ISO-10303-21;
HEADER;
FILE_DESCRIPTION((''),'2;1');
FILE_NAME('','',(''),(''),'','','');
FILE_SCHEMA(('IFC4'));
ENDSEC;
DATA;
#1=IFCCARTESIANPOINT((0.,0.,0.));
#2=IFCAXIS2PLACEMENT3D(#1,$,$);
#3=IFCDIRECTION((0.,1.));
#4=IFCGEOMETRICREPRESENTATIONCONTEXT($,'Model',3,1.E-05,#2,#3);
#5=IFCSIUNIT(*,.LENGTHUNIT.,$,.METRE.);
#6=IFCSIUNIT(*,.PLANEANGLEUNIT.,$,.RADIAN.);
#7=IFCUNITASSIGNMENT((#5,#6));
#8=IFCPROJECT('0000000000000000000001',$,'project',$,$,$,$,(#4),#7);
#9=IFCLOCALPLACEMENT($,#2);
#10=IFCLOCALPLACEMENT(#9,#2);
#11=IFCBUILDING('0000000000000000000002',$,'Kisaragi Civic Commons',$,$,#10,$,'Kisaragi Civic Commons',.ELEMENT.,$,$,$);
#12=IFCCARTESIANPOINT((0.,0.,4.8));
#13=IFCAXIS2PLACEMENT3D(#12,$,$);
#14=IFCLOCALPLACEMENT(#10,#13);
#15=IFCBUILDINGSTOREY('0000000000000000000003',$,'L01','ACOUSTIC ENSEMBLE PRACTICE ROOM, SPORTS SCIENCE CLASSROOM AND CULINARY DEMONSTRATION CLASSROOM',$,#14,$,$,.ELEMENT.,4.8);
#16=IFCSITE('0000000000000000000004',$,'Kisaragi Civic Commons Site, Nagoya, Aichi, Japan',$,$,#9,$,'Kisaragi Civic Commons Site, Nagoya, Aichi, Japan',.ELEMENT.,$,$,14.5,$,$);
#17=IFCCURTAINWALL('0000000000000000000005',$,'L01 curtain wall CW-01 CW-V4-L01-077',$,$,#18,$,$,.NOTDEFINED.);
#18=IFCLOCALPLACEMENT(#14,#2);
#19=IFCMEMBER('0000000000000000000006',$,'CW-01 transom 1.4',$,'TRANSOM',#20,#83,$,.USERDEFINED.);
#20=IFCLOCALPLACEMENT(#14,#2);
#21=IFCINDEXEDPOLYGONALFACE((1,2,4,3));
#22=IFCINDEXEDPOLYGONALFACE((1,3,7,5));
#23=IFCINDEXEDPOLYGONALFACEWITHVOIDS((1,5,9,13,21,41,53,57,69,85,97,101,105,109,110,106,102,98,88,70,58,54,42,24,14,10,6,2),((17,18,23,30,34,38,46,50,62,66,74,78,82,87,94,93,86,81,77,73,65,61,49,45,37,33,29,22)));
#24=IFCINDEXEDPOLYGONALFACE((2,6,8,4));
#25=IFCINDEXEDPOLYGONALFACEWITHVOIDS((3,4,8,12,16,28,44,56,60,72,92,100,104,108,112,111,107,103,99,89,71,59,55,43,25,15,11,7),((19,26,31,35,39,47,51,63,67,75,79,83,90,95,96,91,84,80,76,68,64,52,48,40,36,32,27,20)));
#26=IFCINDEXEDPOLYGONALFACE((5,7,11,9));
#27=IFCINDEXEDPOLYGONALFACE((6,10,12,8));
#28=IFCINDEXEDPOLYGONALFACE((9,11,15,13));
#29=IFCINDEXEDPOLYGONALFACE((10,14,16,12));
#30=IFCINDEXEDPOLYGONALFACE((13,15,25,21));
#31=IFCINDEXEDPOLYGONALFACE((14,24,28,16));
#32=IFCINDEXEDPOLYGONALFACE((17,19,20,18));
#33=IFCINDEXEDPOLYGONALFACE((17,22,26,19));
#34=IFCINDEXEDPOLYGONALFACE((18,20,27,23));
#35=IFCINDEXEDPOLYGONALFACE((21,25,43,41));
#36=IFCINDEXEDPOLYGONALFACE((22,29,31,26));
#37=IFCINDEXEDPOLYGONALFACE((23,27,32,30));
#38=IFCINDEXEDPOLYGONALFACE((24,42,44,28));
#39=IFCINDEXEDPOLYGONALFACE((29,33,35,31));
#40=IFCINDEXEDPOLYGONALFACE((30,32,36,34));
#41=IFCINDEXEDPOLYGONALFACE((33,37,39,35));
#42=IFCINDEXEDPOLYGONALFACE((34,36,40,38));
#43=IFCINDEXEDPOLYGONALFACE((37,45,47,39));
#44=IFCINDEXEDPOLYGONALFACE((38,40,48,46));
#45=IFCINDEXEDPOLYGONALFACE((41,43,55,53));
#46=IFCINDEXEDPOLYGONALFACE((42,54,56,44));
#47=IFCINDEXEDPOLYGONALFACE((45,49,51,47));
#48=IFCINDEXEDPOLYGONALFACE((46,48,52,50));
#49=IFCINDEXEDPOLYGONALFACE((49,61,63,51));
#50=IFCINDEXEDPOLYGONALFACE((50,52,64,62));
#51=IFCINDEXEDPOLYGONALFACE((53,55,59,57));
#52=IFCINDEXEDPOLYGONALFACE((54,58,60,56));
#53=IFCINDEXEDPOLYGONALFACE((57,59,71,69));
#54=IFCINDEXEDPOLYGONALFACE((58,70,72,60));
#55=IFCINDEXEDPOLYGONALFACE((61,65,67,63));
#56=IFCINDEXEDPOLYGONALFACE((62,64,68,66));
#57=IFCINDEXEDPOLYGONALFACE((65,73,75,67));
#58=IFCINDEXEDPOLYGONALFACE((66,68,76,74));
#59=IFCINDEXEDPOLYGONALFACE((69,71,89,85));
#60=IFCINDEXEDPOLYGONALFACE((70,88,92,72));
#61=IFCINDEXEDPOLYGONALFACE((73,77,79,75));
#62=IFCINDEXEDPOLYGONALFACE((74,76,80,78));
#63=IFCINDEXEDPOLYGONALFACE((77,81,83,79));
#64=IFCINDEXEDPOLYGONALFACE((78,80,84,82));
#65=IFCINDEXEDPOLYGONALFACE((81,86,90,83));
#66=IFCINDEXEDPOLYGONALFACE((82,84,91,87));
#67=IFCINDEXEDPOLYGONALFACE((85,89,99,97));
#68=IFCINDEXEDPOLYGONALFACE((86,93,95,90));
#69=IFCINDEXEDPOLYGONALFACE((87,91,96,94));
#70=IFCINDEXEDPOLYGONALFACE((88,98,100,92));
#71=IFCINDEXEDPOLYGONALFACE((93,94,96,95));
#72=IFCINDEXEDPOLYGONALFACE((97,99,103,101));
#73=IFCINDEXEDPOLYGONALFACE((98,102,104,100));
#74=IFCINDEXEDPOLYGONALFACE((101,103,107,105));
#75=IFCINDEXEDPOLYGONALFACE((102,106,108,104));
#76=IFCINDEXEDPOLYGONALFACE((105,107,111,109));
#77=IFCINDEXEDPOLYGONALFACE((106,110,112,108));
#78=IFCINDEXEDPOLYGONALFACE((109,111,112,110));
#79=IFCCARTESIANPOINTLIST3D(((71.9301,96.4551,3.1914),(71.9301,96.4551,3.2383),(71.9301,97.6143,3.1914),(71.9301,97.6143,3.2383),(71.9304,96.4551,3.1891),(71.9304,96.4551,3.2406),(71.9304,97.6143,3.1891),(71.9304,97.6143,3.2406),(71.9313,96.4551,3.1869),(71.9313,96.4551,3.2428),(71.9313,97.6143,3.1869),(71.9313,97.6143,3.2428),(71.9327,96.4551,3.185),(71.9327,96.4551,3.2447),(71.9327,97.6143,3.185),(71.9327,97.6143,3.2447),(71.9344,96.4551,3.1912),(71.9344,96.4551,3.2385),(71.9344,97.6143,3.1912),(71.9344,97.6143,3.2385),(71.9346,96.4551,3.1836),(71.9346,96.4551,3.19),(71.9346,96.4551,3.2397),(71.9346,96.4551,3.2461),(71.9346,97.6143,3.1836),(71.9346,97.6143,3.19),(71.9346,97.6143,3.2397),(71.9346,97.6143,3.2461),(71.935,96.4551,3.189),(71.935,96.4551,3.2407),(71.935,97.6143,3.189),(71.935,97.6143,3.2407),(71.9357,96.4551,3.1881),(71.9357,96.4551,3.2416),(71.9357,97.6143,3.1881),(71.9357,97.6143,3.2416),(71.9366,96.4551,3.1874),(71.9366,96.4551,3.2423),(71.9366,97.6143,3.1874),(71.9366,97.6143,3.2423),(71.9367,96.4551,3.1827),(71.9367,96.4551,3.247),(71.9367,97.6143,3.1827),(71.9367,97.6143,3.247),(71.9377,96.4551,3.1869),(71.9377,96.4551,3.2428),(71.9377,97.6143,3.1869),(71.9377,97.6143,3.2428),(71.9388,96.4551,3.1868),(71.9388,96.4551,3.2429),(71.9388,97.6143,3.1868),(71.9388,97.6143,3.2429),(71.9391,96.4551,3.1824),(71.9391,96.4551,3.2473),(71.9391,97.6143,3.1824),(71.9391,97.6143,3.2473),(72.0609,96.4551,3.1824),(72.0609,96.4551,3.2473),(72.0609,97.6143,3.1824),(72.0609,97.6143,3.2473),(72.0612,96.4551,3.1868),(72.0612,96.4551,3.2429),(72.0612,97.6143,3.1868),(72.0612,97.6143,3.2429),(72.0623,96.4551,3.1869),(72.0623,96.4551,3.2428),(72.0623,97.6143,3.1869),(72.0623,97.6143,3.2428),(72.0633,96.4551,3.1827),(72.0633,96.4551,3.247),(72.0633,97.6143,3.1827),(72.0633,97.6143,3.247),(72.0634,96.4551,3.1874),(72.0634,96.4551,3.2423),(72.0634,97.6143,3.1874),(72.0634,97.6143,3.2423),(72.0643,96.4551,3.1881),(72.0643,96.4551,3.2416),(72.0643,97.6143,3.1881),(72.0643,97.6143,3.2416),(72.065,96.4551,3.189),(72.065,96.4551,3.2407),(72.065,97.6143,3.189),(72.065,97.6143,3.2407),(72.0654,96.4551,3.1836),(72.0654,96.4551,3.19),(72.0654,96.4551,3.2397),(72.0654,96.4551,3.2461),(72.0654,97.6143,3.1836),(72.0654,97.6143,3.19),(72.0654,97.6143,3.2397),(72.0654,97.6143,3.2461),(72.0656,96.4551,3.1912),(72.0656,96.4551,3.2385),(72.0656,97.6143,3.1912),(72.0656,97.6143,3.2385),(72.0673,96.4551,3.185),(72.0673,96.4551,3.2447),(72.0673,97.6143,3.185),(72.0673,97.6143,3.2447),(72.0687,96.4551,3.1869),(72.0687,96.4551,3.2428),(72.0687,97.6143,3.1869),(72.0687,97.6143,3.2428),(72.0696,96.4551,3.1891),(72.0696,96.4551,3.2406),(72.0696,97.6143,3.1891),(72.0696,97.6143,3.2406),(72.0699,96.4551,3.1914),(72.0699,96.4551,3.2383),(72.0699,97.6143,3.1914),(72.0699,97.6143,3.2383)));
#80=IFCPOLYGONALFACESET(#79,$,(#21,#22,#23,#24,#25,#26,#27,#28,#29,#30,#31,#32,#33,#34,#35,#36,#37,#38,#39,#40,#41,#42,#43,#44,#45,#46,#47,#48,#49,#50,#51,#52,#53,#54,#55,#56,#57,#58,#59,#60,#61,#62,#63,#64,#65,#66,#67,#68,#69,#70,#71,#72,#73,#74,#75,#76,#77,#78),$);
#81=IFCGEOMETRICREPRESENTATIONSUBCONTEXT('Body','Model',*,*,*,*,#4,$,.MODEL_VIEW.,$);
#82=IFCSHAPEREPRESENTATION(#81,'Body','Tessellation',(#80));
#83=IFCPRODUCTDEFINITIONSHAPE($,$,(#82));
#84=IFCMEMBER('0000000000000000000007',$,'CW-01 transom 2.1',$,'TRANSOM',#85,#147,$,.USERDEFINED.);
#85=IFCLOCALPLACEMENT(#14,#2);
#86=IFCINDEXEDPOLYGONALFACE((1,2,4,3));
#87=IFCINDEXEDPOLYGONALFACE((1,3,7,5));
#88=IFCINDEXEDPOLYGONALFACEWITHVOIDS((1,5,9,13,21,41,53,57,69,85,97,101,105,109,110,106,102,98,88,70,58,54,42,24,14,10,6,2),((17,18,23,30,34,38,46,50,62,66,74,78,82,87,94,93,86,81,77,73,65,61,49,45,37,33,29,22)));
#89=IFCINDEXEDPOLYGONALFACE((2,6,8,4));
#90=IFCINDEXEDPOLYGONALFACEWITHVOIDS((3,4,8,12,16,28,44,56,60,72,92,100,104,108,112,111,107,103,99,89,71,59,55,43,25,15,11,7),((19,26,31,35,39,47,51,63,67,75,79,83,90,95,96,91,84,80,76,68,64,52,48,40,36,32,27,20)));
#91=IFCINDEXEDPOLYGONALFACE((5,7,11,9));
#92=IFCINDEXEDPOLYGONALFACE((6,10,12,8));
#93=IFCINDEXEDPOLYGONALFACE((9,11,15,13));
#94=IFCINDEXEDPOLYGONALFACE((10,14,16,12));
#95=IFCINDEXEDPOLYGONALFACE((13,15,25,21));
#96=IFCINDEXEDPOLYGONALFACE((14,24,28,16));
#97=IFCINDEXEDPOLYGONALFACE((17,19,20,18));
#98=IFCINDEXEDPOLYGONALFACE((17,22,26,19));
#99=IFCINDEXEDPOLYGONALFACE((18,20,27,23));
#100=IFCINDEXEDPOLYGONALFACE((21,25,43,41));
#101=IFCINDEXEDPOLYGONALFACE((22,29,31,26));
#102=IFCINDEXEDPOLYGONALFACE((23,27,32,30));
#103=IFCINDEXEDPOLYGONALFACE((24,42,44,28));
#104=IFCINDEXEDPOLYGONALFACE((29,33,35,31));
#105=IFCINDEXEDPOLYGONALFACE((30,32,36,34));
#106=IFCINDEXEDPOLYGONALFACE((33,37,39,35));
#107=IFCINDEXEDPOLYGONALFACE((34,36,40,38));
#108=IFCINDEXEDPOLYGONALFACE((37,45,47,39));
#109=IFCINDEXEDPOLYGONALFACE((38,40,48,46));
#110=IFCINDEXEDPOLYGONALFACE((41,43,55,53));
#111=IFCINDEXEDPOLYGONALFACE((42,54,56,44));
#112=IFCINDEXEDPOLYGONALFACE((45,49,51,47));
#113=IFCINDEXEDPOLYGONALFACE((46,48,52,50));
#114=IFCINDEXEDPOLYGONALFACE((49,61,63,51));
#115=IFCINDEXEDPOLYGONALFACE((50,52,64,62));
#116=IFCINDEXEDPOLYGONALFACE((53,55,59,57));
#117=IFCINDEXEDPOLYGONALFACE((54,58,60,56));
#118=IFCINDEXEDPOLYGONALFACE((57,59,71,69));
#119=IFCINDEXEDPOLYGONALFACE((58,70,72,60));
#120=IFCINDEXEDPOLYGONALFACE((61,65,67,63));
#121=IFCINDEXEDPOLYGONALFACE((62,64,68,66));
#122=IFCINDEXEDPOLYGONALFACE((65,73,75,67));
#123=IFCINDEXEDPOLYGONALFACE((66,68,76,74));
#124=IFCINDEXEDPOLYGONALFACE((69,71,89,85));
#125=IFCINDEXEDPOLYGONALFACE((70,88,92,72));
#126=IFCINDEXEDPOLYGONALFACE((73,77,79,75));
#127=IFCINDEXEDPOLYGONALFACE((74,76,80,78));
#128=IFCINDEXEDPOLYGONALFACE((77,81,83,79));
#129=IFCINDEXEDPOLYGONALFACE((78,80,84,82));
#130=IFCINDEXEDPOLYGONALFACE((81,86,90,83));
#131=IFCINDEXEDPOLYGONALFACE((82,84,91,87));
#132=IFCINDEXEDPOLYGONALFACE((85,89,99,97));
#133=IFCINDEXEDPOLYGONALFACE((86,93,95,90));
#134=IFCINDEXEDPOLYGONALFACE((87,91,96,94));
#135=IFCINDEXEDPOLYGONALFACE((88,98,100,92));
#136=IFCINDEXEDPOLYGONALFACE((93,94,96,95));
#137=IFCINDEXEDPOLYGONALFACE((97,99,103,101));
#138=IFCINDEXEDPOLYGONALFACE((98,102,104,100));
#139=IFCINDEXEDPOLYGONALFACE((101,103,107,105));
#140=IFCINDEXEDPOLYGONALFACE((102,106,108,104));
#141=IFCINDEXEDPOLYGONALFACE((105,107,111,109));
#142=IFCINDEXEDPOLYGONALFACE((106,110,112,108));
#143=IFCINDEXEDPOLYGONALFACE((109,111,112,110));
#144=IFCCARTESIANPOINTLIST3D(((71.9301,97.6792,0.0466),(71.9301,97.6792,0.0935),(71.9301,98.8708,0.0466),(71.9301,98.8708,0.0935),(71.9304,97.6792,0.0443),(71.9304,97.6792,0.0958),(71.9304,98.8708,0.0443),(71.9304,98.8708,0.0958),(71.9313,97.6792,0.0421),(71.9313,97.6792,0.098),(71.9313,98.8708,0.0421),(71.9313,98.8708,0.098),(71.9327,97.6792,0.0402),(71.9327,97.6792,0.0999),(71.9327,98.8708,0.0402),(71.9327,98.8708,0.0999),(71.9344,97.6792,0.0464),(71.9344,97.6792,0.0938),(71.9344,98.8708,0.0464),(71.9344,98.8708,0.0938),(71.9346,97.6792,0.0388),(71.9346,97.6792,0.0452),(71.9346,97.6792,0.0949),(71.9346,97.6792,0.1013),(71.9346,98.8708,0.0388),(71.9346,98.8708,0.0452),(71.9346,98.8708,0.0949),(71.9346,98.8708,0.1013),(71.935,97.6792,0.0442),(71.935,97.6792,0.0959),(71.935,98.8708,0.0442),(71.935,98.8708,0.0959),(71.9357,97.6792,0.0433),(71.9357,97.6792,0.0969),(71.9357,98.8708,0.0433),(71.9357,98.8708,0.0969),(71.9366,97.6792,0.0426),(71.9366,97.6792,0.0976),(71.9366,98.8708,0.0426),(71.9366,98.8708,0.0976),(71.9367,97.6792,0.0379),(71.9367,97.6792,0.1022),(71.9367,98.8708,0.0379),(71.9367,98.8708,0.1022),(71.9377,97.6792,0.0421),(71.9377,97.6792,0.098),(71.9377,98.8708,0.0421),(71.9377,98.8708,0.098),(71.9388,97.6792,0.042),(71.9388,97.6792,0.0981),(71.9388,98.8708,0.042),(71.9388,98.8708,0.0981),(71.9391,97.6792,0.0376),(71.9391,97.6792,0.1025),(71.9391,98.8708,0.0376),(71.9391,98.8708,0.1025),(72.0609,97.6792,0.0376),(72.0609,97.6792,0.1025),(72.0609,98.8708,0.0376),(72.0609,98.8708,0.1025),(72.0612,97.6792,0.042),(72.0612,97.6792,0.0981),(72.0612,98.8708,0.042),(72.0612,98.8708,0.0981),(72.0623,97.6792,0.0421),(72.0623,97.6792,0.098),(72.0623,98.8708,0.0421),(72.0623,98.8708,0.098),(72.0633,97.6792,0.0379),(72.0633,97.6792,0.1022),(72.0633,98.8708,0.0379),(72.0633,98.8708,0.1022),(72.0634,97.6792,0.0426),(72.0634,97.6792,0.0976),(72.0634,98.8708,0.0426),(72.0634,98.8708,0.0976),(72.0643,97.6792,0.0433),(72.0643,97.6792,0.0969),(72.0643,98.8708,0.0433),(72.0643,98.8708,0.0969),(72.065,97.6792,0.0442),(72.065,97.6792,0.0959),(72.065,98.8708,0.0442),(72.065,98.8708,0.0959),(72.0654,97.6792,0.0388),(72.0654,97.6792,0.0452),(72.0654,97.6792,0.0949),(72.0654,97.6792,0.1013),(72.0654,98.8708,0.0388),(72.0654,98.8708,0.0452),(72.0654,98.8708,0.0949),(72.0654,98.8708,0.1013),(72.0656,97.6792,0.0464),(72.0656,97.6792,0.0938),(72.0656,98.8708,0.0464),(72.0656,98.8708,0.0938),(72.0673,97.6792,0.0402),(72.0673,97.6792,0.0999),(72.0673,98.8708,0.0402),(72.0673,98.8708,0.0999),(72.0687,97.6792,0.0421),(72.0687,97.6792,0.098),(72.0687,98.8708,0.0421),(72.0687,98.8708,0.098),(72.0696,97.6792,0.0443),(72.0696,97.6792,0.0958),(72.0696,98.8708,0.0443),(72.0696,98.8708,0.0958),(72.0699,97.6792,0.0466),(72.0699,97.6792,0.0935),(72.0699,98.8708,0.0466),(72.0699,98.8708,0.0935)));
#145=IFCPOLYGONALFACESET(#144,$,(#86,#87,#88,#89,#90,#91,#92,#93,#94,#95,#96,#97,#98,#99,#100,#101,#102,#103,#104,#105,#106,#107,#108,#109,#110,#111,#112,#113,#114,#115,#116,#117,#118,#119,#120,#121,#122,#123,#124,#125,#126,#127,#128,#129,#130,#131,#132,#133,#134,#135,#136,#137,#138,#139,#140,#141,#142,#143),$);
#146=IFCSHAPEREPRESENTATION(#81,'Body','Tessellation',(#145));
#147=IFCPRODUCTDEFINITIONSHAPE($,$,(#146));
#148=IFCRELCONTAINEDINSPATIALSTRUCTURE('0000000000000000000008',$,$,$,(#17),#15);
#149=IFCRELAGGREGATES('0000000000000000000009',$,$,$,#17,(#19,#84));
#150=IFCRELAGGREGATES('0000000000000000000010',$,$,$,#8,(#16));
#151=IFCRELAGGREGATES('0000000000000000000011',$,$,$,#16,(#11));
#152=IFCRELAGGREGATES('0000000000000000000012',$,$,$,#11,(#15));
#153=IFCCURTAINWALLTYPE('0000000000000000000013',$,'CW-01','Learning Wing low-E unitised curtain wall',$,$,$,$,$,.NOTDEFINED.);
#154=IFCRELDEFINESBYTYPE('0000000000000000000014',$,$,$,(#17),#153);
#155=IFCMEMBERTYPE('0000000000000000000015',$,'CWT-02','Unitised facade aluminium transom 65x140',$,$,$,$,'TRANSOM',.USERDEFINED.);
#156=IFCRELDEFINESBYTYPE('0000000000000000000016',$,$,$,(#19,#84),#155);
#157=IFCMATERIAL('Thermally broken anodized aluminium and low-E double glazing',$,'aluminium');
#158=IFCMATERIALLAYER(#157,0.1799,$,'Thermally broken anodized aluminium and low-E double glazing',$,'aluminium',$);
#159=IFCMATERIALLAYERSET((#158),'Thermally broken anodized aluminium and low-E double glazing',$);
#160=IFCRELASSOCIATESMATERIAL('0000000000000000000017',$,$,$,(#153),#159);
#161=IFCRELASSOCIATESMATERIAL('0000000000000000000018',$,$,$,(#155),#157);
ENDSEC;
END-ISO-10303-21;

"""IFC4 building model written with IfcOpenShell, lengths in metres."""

from ifc_helpers import new_model, si_unit, direction, frame, origin, origin_2d, place, context, subcontext, project, spatial, hollow_rectangle, extrude, material, layer, layer_set, material_profile, profile_set, type_object, element, aggregate, save


model = new_model("IFC4")

# Units and contexts
model_context = context("Model", 3, precision=1e-05, world=origin(), true_north=direction((0.0, 1.0)))
body_context = subcontext(model_context, "Body", "Model", "MODEL_VIEW")
ifc_project = project(units=[si_unit("LENGTHUNIT", "METRE"), si_unit("PLANEANGLEUNIT", "RADIAN")], contexts=[model_context])

# Site, building, storey
site_placement = place(None, origin())
site = spatial("IfcSite", under=ifc_project, at=site_placement, Name="Kisaragi Civic Commons Site, Nagoya, Aichi, Japan", LongName="Kisaragi Civic Commons Site, Nagoya, Aichi, Japan", CompositionType="ELEMENT", RefElevation=14.5)
building_placement = place(site_placement, origin())
building = spatial("IfcBuilding", under=site, at=building_placement, Name="Kisaragi Civic Commons", LongName="Kisaragi Civic Commons", CompositionType="ELEMENT")
storey_placement = place(building_placement, frame((0.0, 0.0, 4.8)))
storey = spatial("IfcBuildingStorey", under=building, at=storey_placement, Name="L01", Description="ACOUSTIC ENSEMBLE PRACTICE ROOM, SPORTS SCIENCE CLASSROOM AND CULINARY DEMONSTRATION CLASSROOM", CompositionType="ELEMENT", Elevation=4.8)

# Curtain wall, members
ifc_material_1 = material(Name="Thermally broken anodized aluminium and low-E double glazing", Category="aluminium")
ifc_layer_1 = layer(ifc_material_1, 0.1799, Name="Thermally broken anodized aluminium and low-E double glazing", Category="aluminium")
ifc_layer_set_1 = layer_set([ifc_layer_1], Name="Thermally broken anodized aluminium and low-E double glazing")
curtain_wall_type = type_object("IfcCurtainWallType", Name="CW-01", Description="Learning Wing low-E unitised curtain wall", PredefinedType="NOTDEFINED", material=ifc_layer_set_1)
curtain_wall_placement = place(storey_placement, origin())
curtain_wall = element("IfcCurtainWall", 1, at=curtain_wall_placement, inside=storey, type_object=curtain_wall_type, Name="L01 curtain wall CW-01 CW-V4-L01-077", PredefinedType="NOTDEFINED")
ifc_material_profile_1 = material_profile(ifc_material_1, hollow_rectangle(XDim=0.1399, YDim=0.0649, WallThickness=0.0044, InnerFilletRadius=0.0044, OuterFilletRadius=0.009, at=origin_2d()), Name="CWT-65x140x4.5", Category="aluminium")
ifc_profile_set_1 = profile_set([ifc_material_profile_1], Name="Thermally broken anodized aluminium and low-E double glazing")
member_type_1 = type_object("IfcMemberType", Name="CWT-02", Description="Unitised facade aluminium transom 65x140", ElementType="TRANSOM", PredefinedType="USERDEFINED", material=ifc_profile_set_1)
member_1_placement = place(storey_placement, frame((72.0, 96.4551, 3.2148), z_axis=(0.0, 1.0, 0.0), x_axis=(-1.0, 0.0, 0.0)))
member_1 = element("IfcMember", 2, at=member_1_placement, type_object=member_type_1, Name="CW-01 transom 1.4", ObjectType="TRANSOM", PredefinedType="USERDEFINED", context=body_context, shape_type="SweptSolid", body=[
    extrude(hollow_rectangle(XDim=0.1399, YDim=0.0649, WallThickness=0.0044, InnerFilletRadius=0.0044, OuterFilletRadius=0.009, at=origin_2d()), origin(), (0.0, 0.0, 1.0), 1.1592),
])
member_2_placement = place(storey_placement, frame((72.0, 97.6792, 0.0701), z_axis=(0.0, 1.0, 0.0), x_axis=(-1.0, 0.0, 0.0)))
member_2 = element("IfcMember", 3, at=member_2_placement, type_object=member_type_1, Name="CW-01 transom 2.1", ObjectType="TRANSOM", PredefinedType="USERDEFINED", context=body_context, shape_type="SweptSolid", body=[
    extrude(hollow_rectangle(XDim=0.1399, YDim=0.0649, WallThickness=0.0044, InnerFilletRadius=0.0044, OuterFilletRadius=0.009, at=origin_2d()), origin(), (0.0, 0.0, 1.0), 1.1917),
])

aggregate(curtain_wall, [member_1, member_2])

save(model, "model.ifc")
